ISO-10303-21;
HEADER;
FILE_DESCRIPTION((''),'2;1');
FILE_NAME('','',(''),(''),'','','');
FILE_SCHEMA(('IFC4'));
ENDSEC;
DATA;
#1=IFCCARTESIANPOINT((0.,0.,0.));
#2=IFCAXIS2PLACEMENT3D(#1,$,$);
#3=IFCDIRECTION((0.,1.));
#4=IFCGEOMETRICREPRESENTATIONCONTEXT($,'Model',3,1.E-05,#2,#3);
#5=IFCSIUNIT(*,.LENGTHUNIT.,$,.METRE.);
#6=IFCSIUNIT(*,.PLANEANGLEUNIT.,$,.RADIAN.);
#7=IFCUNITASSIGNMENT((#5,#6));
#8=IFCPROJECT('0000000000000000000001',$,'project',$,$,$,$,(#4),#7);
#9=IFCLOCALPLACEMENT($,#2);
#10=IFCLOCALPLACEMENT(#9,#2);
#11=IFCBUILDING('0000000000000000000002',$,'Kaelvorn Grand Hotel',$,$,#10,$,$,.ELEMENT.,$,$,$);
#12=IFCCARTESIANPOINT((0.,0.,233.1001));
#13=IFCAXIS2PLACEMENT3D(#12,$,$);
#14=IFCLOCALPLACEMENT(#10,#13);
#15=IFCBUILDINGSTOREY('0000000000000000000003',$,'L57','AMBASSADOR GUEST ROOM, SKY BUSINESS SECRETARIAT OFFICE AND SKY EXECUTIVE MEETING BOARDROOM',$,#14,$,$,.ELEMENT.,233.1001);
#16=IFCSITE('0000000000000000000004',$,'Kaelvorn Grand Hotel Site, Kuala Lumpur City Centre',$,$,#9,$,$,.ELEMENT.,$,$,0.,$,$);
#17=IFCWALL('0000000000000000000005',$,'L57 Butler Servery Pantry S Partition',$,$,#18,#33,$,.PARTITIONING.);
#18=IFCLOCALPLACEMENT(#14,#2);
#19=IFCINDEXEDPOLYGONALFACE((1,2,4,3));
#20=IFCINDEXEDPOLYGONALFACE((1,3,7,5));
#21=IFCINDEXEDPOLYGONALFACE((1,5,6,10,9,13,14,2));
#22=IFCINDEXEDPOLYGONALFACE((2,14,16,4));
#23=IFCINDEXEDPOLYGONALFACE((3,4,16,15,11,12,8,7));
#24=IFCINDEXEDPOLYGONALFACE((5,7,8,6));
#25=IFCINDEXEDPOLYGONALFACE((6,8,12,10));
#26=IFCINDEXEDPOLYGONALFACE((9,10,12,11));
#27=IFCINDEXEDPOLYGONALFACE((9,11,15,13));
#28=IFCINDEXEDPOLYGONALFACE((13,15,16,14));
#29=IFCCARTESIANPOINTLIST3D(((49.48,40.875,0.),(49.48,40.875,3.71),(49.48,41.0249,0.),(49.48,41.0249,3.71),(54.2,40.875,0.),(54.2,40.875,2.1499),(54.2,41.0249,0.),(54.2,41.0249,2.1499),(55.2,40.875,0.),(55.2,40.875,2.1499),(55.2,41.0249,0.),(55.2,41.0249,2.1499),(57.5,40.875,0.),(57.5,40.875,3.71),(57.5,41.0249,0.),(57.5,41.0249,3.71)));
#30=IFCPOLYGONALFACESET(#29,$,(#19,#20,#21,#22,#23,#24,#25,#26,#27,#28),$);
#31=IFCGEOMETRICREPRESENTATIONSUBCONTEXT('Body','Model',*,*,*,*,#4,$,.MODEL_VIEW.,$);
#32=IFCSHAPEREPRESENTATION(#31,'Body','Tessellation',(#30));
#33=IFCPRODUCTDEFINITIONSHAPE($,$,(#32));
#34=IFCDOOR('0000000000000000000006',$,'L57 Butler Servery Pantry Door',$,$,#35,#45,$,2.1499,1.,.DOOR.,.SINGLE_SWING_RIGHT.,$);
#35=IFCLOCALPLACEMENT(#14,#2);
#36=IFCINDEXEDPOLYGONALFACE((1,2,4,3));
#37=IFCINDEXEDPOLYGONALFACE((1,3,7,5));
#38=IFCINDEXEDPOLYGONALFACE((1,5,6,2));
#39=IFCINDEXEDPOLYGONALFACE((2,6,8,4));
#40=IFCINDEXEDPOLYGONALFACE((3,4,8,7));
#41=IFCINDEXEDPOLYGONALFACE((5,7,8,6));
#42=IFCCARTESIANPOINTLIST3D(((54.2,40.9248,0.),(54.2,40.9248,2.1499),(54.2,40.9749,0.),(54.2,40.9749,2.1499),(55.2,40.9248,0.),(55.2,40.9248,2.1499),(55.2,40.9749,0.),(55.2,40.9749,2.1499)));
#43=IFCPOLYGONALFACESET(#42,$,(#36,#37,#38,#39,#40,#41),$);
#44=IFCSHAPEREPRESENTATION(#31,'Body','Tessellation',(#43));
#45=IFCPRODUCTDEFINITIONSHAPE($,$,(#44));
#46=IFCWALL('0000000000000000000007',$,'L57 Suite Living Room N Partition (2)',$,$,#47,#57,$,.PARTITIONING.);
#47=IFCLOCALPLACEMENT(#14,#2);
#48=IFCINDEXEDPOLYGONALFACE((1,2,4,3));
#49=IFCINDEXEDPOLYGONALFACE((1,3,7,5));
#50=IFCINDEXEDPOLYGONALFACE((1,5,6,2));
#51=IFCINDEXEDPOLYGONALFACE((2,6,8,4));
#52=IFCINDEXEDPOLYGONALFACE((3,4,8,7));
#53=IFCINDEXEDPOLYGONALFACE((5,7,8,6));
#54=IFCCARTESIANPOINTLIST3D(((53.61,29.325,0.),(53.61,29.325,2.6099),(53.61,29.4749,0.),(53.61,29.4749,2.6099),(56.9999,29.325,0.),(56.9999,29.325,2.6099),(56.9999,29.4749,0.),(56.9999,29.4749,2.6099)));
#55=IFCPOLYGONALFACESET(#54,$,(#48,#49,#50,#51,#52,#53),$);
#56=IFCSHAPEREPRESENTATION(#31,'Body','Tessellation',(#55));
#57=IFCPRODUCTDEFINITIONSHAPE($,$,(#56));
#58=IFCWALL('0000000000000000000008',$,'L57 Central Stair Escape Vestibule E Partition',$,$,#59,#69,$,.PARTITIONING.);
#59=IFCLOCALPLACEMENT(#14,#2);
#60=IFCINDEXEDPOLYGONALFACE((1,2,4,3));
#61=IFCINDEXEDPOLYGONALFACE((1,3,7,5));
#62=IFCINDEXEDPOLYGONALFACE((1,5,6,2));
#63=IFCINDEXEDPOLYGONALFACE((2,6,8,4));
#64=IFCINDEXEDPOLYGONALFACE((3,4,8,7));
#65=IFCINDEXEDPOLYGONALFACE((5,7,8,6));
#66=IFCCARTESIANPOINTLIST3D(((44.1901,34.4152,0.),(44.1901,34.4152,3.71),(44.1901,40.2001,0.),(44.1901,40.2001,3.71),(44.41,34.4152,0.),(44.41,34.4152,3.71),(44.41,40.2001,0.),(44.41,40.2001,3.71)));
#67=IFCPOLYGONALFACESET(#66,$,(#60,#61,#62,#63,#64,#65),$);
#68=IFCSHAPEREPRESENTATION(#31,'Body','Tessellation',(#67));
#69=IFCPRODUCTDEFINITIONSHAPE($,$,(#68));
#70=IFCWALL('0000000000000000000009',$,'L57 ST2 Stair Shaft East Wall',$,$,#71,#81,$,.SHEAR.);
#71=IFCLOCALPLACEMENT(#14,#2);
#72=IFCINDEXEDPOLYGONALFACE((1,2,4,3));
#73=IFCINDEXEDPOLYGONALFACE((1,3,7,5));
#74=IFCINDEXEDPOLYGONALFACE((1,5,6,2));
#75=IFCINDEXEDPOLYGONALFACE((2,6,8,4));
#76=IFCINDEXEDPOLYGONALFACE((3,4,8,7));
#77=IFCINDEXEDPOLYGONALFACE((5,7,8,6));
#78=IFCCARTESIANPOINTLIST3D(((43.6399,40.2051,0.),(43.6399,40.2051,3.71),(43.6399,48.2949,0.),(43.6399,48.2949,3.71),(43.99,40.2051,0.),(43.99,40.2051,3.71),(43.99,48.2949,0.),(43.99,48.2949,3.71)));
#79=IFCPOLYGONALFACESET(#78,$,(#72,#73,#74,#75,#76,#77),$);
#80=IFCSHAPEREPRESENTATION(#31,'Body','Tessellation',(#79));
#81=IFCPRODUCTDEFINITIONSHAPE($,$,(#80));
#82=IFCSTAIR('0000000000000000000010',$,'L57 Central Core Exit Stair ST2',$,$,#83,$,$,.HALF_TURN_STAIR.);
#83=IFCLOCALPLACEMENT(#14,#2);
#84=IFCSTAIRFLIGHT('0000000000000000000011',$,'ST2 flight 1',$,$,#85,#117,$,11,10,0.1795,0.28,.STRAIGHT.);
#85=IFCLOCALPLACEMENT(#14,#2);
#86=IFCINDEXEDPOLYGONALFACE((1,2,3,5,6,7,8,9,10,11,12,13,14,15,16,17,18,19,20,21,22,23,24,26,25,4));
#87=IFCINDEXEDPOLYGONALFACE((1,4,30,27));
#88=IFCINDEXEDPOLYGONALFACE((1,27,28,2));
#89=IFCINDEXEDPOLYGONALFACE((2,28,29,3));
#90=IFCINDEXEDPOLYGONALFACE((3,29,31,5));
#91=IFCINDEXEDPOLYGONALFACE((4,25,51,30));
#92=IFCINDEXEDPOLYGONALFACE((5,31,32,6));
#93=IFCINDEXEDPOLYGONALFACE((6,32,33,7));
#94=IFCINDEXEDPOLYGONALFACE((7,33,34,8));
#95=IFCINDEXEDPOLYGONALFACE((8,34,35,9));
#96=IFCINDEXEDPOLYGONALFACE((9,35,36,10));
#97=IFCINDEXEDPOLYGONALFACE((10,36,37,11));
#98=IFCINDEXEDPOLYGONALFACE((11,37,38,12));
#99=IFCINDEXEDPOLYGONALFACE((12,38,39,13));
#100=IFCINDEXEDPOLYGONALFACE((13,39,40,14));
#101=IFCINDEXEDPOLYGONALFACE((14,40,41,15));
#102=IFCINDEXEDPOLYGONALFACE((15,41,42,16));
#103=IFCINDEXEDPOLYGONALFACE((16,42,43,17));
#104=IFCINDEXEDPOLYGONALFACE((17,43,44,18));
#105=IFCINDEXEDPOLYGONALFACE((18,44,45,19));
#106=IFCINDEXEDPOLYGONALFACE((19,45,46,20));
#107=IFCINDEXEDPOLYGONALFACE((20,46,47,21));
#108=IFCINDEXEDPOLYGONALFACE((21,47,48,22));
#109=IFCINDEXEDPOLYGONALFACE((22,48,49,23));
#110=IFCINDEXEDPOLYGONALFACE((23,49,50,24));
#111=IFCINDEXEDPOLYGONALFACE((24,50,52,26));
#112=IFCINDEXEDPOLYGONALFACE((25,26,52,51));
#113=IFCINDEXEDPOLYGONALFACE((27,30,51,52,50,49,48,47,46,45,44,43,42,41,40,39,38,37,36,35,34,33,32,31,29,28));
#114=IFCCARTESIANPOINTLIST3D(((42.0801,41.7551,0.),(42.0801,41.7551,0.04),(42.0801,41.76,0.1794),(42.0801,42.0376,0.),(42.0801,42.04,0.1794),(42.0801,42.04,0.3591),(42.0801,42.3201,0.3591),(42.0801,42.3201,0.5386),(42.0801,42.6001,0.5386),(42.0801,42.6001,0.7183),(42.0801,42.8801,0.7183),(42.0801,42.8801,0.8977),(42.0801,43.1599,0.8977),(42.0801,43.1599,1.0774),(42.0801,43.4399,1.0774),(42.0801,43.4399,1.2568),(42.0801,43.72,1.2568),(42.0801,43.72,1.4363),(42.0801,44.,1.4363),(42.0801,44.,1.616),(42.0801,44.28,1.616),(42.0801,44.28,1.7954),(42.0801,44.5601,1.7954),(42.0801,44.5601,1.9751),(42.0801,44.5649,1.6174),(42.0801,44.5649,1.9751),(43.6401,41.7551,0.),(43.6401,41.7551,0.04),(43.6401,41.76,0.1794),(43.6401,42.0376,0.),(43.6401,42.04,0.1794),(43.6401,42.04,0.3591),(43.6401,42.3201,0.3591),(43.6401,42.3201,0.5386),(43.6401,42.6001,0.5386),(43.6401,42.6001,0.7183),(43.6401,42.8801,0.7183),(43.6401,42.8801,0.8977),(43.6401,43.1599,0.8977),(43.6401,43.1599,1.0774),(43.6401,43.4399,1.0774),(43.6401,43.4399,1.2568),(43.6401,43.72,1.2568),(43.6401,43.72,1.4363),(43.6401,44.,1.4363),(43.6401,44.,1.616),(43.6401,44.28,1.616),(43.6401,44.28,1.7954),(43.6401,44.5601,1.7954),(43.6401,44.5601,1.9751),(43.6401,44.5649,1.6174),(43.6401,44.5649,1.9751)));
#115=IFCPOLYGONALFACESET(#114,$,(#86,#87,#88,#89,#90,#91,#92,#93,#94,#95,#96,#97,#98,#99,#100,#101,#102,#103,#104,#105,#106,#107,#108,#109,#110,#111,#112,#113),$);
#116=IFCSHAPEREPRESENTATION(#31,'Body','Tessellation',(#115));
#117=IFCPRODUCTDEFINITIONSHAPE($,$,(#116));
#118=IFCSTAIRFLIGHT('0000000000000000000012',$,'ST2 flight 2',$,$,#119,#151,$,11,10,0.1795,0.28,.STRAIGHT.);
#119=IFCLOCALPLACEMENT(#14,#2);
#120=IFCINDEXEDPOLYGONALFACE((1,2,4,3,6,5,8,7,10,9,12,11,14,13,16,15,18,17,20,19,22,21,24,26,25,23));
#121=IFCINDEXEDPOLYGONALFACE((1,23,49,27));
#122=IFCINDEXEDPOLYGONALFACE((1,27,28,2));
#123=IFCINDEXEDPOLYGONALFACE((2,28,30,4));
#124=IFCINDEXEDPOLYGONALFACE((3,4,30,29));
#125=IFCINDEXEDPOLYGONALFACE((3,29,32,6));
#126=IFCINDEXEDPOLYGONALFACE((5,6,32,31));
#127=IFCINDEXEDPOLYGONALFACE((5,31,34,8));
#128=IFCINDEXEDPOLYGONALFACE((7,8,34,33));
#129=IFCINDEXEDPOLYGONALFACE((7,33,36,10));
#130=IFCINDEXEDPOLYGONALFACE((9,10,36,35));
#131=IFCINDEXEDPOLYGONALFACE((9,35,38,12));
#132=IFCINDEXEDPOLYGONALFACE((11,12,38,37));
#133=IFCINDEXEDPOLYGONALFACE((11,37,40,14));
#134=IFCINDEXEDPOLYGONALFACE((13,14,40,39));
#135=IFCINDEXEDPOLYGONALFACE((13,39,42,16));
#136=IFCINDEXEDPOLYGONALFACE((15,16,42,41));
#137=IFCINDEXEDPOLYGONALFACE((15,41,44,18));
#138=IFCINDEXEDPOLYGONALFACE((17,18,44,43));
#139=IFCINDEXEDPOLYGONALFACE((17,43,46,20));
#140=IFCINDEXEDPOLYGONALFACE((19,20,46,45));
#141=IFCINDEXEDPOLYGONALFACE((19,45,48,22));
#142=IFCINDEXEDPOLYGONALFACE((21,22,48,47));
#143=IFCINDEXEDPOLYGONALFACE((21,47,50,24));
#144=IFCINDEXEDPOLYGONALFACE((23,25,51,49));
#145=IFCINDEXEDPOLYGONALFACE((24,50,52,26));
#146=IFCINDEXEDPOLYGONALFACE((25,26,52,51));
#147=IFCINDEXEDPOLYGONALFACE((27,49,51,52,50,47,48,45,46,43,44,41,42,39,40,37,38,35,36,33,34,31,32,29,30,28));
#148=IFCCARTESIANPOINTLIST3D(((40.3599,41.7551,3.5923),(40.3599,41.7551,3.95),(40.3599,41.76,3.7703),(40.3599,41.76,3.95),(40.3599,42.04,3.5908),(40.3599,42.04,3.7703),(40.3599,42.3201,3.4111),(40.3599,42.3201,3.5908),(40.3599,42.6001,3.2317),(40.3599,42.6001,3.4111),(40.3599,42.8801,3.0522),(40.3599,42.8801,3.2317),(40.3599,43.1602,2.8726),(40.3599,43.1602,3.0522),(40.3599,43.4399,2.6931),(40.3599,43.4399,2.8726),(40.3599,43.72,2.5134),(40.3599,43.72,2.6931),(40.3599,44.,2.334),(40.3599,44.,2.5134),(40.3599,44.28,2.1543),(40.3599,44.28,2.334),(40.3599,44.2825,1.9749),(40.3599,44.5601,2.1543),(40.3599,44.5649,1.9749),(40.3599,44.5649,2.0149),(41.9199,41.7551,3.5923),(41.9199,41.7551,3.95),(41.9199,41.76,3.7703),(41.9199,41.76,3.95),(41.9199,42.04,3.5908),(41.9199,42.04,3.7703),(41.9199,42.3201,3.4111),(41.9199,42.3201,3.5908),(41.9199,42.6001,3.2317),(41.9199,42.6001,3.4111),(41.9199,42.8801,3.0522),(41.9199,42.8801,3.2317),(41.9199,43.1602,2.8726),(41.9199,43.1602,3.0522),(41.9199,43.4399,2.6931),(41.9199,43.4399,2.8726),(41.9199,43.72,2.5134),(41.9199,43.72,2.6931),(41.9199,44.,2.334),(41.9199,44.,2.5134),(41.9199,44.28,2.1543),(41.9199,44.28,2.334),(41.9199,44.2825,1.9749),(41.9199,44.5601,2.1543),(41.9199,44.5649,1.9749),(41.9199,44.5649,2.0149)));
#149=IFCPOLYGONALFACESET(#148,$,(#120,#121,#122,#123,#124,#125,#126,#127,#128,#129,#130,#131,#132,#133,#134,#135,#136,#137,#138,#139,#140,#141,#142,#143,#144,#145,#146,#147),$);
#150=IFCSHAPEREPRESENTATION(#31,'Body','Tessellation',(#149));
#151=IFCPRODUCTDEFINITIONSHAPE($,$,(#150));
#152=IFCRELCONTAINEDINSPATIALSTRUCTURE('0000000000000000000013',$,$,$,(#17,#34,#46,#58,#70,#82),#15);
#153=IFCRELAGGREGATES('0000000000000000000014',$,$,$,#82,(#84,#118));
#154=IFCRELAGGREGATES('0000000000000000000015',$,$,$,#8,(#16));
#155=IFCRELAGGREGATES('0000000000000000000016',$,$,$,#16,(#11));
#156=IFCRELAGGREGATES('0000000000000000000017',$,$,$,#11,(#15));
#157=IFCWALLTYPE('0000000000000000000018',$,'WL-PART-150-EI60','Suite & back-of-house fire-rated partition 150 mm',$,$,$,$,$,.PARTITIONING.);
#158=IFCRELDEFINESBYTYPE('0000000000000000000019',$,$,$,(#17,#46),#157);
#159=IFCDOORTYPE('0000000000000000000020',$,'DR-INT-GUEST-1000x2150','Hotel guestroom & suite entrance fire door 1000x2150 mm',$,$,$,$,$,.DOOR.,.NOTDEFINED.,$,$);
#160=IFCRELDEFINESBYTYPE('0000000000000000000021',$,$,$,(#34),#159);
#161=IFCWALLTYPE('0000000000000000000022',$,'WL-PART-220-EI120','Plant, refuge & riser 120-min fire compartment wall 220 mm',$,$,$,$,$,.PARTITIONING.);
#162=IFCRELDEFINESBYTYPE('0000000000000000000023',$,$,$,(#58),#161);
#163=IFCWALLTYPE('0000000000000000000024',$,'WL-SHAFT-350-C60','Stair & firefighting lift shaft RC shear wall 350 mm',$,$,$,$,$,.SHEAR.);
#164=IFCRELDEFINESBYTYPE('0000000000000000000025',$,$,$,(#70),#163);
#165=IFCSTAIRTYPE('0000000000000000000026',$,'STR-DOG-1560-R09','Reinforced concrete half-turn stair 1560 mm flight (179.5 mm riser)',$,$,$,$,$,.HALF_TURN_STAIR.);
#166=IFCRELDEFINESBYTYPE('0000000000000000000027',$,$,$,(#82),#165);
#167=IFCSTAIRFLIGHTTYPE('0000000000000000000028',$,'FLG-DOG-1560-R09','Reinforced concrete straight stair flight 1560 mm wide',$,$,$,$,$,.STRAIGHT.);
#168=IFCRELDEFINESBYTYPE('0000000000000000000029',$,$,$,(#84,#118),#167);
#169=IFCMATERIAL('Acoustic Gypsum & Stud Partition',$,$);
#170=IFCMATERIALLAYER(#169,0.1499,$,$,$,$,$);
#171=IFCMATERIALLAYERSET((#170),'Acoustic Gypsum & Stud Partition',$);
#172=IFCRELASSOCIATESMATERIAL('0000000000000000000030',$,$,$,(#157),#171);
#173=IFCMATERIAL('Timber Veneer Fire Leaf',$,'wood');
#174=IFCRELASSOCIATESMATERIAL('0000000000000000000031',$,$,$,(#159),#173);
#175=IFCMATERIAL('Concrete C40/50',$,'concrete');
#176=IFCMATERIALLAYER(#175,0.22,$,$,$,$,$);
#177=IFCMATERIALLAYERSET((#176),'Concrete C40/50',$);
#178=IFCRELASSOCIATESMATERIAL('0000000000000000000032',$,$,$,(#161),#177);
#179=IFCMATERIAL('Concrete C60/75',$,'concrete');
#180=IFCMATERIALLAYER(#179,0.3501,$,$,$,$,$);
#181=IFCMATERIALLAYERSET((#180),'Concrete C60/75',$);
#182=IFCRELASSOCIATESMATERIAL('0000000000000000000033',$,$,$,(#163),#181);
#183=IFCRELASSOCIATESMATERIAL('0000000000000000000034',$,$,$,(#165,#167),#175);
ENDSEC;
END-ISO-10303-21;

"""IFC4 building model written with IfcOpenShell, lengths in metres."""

from ifc_helpers import new_model, si_unit, direction, frame, frame_2d, origin, place, context, subcontext, project, spatial, polyline, rectangle, outline, extrude, material, layer, layer_set, type_object, element, fill, aggregate, save


model = new_model("IFC4")

# Units and contexts
model_context = context("Model", 3, precision=1e-05, world=origin(), true_north=direction((0.0, 1.0)))
body_context = subcontext(model_context, "Body", "Model", "MODEL_VIEW")
ifc_project = project(units=[si_unit("LENGTHUNIT", "METRE"), si_unit("PLANEANGLEUNIT", "RADIAN")], contexts=[model_context])

# Site, building, storey
site_placement = place(None, origin())
site = spatial("IfcSite", under=ifc_project, at=site_placement, Name="Kaelvorn Grand Hotel Site, Kuala Lumpur City Centre", CompositionType="ELEMENT", RefElevation=0.0)
building_placement = place(site_placement, origin())
building = spatial("IfcBuilding", under=site, at=building_placement, Name="Kaelvorn Grand Hotel", CompositionType="ELEMENT")
storey_placement = place(building_placement, frame((0.0, 0.0, 233.1001)))
storey = spatial("IfcBuildingStorey", under=building, at=storey_placement, Name="L57", Description="AMBASSADOR GUEST ROOM, SKY BUSINESS SECRETARIAT OFFICE AND SKY EXECUTIVE MEETING BOARDROOM", CompositionType="ELEMENT", Elevation=233.1001)

# Shared definitions
ifc_material_1 = material(Name="Acoustic Gypsum & Stud Partition")
ifc_layer_1 = layer(ifc_material_1, 0.1499)
ifc_layer_set_1 = layer_set([ifc_layer_1], Name="Acoustic Gypsum & Stud Partition")
wall_type_1 = type_object("IfcWallType", Name="WL-PART-150-EI60", Description="Suite & back-of-house fire-rated partition 150 mm", PredefinedType="PARTITIONING", material=ifc_layer_set_1)
ifc_material_2 = material(Name="Timber Veneer Fire Leaf", Category="wood")
door_type_1 = type_object("IfcDoorType", Name="DR-INT-GUEST-1000x2150", Description="Hotel guestroom & suite entrance fire door 1000x2150 mm", OperationType="NOTDEFINED", PredefinedType="DOOR", material=ifc_material_2)

# Wall, opening, door
wall_1_placement = place(storey_placement, frame((49.48, 40.95, 0.0), z_axis=(0.0, 0.0, 1.0), x_axis=(1.0, 0.0, 0.0)))
wall_1 = element("IfcWall", 1, at=wall_1_placement, inside=storey, type_object=wall_type_1, Name="L57 Butler Servery Pantry S Partition", PredefinedType="PARTITIONING", context=body_context, shape_type="SweptSolid", body=[
    extrude(rectangle(XDim=8.02, YDim=0.1499, at=frame_2d((4.01, 0.0))), origin(), (0.0, 0.0, 1.0), 3.71),
])
opening_1_placement = place(wall_1_placement, frame((4.72, 0.0, 0.0)))
opening_1 = element("IfcOpeningElement", 2, at=opening_1_placement, cuts=wall_1, PredefinedType="OPENING", context=body_context, shape_type="SweptSolid", body=[
    extrude(rectangle(XDim=1.0, YDim=2.1499, at=frame_2d((0.5, 1.075))), frame((0.0, 0.085, 0.0), z_axis=(0.0, -1.0, 0.0), x_axis=(1.0, 0.0, 0.0)), (0.0, 0.0, 1.0), 0.1699),
])
door_1_placement = place(opening_1_placement, origin())
door_1 = element("IfcDoor", 3, at=door_1_placement, inside=storey, type_object=door_type_1, Name="L57 Butler Servery Pantry Door", OperationType="SINGLE_SWING_RIGHT", OverallHeight=2.1499, OverallWidth=1.0, PredefinedType="DOOR", context=body_context, shape_type="SweptSolid", body=[
    extrude(rectangle(XDim=1.0, YDim=2.1499, at=frame_2d((0.5, 1.075))), frame((0.0, 0.0249, 0.0), z_axis=(0.0, -1.0, 0.0), x_axis=(1.0, 0.0, 0.0)), (0.0, 0.0, 1.0), 0.05),
])
fill(opening_1, door_1)

# Walls
wall_2_placement = place(storey_placement, frame((53.6101, 29.3999, 0.0), z_axis=(0.0, 0.0, 1.0), x_axis=(1.0, 0.0, 0.0)))
element("IfcWall", 4, at=wall_2_placement, inside=storey, type_object=wall_type_1, Name="L57 Suite Living Room N Partition (2)", PredefinedType="PARTITIONING", context=body_context, shape_type="SweptSolid", body=[
    extrude(rectangle(XDim=3.3899, YDim=0.1499, at=frame_2d((1.6948, 0.0))), origin(), (0.0, 0.0, 1.0), 2.6099),
])
ifc_material_3 = material(Name="Concrete C40/50", Category="concrete")
ifc_layer_2 = layer(ifc_material_3, 0.22)
ifc_layer_set_2 = layer_set([ifc_layer_2], Name="Concrete C40/50")
wall_type_2 = type_object("IfcWallType", Name="WL-PART-220-EI120", Description="Plant, refuge & riser 120-min fire compartment wall 220 mm", PredefinedType="PARTITIONING", material=ifc_layer_set_2)
wall_3_placement = place(storey_placement, frame((44.3, 34.415, 0.0), z_axis=(0.0, 0.0, 1.0), x_axis=(0.0, 1.0, 0.0)))
element("IfcWall", 5, at=wall_3_placement, inside=storey, type_object=wall_type_2, Name="L57 Central Stair Escape Vestibule E Partition", PredefinedType="PARTITIONING", context=body_context, shape_type="SweptSolid", body=[
    extrude(rectangle(XDim=5.7849, YDim=0.22, at=frame_2d((2.8926, 0.0))), origin(), (0.0, 0.0, 1.0), 3.71),
])
ifc_material_4 = material(Name="Concrete C60/75", Category="concrete")
ifc_layer_3 = layer(ifc_material_4, 0.3501)
ifc_layer_set_3 = layer_set([ifc_layer_3], Name="Concrete C60/75")
wall_type_3 = type_object("IfcWallType", Name="WL-SHAFT-350-C60", Description="Stair & firefighting lift shaft RC shear wall 350 mm", PredefinedType="SHEAR", material=ifc_layer_set_3)
wall_4_placement = place(storey_placement, frame((43.8149, 40.2051, 0.0), z_axis=(0.0, 0.0, 1.0), x_axis=(0.0, 1.0, 0.0)))
element("IfcWall", 6, at=wall_4_placement, inside=storey, type_object=wall_type_3, Name="L57 ST2 Stair Shaft East Wall", PredefinedType="SHEAR", context=body_context, shape_type="SweptSolid", body=[
    extrude(rectangle(XDim=8.0898, YDim=0.3501, at=frame_2d((4.0449, 0.0))), origin(), (0.0, 0.0, 1.0), 3.71),
])

# Stair, stair flights
stair_type = type_object("IfcStairType", Name="STR-DOG-1560-R09", Description="Reinforced concrete half-turn stair 1560 mm flight (179.5 mm riser)", PredefinedType="HALF_TURN_STAIR", material=ifc_material_3)
stair_placement = place(storey_placement, origin())
stair = element("IfcStair", 7, at=stair_placement, inside=storey, type_object=stair_type, Name="L57 Central Core Exit Stair ST2", PredefinedType="HALF_TURN_STAIR")
stair_flight_type = type_object("IfcStairFlightType", Name="FLG-DOG-1560-R09", Description="Reinforced concrete straight stair flight 1560 mm wide", PredefinedType="STRAIGHT", material=ifc_material_3)
stair_flight_1_placement = place(storey_placement, frame((42.8601, 41.76, 0.0), z_axis=(0.0, 0.0, 1.0), x_axis=(0.0, 1.0, 0.0)))
stair_flight_1 = element("IfcStairFlight", 8, at=stair_flight_1_placement, type_object=stair_flight_type, Name="ST2 flight 1", NumberOfRisers=11, NumberOfTreads=10, PredefinedType="STRAIGHT", RiserHeight=0.1795, TreadLength=0.28, context=body_context, shape_type="SweptSolid", body=[
    extrude(outline(polyline([(-0.0049, 0.0), (-0.0049, 0.04), (0.0, 0.1794), (0.28, 0.1794), (0.28, 0.3591), (0.5601, 0.3591), (0.5601, 0.5386), (0.8401, 0.5386), (0.8401, 0.7183), (1.1201, 0.7183), (1.1201, 0.8977), (1.3999, 0.8977), (1.3999, 1.0774), (1.6799, 1.0774), (1.6799, 1.2568), (1.96, 1.2568), (1.96, 1.4363), (2.24, 1.4363), (2.24, 1.616), (2.52, 1.616), (2.52, 1.7954), (2.8, 1.7954), (2.8, 1.9751), (2.8049, 1.9751), (2.8049, 1.6174), (0.2776, 0.0), (-0.0049, 0.0)])), frame((0.0, 0.78, 0.0), z_axis=(0.0, -1.0, 0.0), x_axis=(1.0, 0.0, 0.0)), (0.0, 0.0, 1.0), 1.5601),
])
stair_flight_2_placement = place(storey_placement, frame((41.1399, 44.5601, 1.9749), z_axis=(0.0, 0.0, 1.0), x_axis=(0.0, -1.0, 0.0)))
stair_flight_2 = element("IfcStairFlight", 9, at=stair_flight_2_placement, type_object=stair_flight_type, Name="ST2 flight 2", NumberOfRisers=11, NumberOfTreads=10, PredefinedType="STRAIGHT", RiserHeight=0.1795, TreadLength=0.28, context=body_context, shape_type="SweptSolid", body=[
    extrude(outline(polyline([(-0.0049, 0.0), (-0.0049, 0.04), (0.0, 0.1794), (0.28, 0.1794), (0.28, 0.3591), (0.5601, 0.3591), (0.5601, 0.5386), (0.8401, 0.5386), (0.8401, 0.7183), (1.1201, 0.7183), (1.1201, 0.8977), (1.3999, 0.8977), (1.3999, 1.0774), (1.6799, 1.0774), (1.6799, 1.2568), (1.96, 1.2568), (1.96, 1.4363), (2.24, 1.4363), (2.24, 1.616), (2.52, 1.616), (2.52, 1.7954), (2.8, 1.7954), (2.8, 1.9751), (2.8049, 1.9751), (2.8049, 1.6174), (0.2776, 0.0), (-0.0049, 0.0)])), frame((0.0, 0.78, 0.0), z_axis=(0.0, -1.0, 0.0), x_axis=(1.0, 0.0, 0.0)), (0.0, 0.0, 1.0), 1.5601),
])
aggregate(stair, [stair_flight_1, stair_flight_2])

save(model, "model.ifc")
